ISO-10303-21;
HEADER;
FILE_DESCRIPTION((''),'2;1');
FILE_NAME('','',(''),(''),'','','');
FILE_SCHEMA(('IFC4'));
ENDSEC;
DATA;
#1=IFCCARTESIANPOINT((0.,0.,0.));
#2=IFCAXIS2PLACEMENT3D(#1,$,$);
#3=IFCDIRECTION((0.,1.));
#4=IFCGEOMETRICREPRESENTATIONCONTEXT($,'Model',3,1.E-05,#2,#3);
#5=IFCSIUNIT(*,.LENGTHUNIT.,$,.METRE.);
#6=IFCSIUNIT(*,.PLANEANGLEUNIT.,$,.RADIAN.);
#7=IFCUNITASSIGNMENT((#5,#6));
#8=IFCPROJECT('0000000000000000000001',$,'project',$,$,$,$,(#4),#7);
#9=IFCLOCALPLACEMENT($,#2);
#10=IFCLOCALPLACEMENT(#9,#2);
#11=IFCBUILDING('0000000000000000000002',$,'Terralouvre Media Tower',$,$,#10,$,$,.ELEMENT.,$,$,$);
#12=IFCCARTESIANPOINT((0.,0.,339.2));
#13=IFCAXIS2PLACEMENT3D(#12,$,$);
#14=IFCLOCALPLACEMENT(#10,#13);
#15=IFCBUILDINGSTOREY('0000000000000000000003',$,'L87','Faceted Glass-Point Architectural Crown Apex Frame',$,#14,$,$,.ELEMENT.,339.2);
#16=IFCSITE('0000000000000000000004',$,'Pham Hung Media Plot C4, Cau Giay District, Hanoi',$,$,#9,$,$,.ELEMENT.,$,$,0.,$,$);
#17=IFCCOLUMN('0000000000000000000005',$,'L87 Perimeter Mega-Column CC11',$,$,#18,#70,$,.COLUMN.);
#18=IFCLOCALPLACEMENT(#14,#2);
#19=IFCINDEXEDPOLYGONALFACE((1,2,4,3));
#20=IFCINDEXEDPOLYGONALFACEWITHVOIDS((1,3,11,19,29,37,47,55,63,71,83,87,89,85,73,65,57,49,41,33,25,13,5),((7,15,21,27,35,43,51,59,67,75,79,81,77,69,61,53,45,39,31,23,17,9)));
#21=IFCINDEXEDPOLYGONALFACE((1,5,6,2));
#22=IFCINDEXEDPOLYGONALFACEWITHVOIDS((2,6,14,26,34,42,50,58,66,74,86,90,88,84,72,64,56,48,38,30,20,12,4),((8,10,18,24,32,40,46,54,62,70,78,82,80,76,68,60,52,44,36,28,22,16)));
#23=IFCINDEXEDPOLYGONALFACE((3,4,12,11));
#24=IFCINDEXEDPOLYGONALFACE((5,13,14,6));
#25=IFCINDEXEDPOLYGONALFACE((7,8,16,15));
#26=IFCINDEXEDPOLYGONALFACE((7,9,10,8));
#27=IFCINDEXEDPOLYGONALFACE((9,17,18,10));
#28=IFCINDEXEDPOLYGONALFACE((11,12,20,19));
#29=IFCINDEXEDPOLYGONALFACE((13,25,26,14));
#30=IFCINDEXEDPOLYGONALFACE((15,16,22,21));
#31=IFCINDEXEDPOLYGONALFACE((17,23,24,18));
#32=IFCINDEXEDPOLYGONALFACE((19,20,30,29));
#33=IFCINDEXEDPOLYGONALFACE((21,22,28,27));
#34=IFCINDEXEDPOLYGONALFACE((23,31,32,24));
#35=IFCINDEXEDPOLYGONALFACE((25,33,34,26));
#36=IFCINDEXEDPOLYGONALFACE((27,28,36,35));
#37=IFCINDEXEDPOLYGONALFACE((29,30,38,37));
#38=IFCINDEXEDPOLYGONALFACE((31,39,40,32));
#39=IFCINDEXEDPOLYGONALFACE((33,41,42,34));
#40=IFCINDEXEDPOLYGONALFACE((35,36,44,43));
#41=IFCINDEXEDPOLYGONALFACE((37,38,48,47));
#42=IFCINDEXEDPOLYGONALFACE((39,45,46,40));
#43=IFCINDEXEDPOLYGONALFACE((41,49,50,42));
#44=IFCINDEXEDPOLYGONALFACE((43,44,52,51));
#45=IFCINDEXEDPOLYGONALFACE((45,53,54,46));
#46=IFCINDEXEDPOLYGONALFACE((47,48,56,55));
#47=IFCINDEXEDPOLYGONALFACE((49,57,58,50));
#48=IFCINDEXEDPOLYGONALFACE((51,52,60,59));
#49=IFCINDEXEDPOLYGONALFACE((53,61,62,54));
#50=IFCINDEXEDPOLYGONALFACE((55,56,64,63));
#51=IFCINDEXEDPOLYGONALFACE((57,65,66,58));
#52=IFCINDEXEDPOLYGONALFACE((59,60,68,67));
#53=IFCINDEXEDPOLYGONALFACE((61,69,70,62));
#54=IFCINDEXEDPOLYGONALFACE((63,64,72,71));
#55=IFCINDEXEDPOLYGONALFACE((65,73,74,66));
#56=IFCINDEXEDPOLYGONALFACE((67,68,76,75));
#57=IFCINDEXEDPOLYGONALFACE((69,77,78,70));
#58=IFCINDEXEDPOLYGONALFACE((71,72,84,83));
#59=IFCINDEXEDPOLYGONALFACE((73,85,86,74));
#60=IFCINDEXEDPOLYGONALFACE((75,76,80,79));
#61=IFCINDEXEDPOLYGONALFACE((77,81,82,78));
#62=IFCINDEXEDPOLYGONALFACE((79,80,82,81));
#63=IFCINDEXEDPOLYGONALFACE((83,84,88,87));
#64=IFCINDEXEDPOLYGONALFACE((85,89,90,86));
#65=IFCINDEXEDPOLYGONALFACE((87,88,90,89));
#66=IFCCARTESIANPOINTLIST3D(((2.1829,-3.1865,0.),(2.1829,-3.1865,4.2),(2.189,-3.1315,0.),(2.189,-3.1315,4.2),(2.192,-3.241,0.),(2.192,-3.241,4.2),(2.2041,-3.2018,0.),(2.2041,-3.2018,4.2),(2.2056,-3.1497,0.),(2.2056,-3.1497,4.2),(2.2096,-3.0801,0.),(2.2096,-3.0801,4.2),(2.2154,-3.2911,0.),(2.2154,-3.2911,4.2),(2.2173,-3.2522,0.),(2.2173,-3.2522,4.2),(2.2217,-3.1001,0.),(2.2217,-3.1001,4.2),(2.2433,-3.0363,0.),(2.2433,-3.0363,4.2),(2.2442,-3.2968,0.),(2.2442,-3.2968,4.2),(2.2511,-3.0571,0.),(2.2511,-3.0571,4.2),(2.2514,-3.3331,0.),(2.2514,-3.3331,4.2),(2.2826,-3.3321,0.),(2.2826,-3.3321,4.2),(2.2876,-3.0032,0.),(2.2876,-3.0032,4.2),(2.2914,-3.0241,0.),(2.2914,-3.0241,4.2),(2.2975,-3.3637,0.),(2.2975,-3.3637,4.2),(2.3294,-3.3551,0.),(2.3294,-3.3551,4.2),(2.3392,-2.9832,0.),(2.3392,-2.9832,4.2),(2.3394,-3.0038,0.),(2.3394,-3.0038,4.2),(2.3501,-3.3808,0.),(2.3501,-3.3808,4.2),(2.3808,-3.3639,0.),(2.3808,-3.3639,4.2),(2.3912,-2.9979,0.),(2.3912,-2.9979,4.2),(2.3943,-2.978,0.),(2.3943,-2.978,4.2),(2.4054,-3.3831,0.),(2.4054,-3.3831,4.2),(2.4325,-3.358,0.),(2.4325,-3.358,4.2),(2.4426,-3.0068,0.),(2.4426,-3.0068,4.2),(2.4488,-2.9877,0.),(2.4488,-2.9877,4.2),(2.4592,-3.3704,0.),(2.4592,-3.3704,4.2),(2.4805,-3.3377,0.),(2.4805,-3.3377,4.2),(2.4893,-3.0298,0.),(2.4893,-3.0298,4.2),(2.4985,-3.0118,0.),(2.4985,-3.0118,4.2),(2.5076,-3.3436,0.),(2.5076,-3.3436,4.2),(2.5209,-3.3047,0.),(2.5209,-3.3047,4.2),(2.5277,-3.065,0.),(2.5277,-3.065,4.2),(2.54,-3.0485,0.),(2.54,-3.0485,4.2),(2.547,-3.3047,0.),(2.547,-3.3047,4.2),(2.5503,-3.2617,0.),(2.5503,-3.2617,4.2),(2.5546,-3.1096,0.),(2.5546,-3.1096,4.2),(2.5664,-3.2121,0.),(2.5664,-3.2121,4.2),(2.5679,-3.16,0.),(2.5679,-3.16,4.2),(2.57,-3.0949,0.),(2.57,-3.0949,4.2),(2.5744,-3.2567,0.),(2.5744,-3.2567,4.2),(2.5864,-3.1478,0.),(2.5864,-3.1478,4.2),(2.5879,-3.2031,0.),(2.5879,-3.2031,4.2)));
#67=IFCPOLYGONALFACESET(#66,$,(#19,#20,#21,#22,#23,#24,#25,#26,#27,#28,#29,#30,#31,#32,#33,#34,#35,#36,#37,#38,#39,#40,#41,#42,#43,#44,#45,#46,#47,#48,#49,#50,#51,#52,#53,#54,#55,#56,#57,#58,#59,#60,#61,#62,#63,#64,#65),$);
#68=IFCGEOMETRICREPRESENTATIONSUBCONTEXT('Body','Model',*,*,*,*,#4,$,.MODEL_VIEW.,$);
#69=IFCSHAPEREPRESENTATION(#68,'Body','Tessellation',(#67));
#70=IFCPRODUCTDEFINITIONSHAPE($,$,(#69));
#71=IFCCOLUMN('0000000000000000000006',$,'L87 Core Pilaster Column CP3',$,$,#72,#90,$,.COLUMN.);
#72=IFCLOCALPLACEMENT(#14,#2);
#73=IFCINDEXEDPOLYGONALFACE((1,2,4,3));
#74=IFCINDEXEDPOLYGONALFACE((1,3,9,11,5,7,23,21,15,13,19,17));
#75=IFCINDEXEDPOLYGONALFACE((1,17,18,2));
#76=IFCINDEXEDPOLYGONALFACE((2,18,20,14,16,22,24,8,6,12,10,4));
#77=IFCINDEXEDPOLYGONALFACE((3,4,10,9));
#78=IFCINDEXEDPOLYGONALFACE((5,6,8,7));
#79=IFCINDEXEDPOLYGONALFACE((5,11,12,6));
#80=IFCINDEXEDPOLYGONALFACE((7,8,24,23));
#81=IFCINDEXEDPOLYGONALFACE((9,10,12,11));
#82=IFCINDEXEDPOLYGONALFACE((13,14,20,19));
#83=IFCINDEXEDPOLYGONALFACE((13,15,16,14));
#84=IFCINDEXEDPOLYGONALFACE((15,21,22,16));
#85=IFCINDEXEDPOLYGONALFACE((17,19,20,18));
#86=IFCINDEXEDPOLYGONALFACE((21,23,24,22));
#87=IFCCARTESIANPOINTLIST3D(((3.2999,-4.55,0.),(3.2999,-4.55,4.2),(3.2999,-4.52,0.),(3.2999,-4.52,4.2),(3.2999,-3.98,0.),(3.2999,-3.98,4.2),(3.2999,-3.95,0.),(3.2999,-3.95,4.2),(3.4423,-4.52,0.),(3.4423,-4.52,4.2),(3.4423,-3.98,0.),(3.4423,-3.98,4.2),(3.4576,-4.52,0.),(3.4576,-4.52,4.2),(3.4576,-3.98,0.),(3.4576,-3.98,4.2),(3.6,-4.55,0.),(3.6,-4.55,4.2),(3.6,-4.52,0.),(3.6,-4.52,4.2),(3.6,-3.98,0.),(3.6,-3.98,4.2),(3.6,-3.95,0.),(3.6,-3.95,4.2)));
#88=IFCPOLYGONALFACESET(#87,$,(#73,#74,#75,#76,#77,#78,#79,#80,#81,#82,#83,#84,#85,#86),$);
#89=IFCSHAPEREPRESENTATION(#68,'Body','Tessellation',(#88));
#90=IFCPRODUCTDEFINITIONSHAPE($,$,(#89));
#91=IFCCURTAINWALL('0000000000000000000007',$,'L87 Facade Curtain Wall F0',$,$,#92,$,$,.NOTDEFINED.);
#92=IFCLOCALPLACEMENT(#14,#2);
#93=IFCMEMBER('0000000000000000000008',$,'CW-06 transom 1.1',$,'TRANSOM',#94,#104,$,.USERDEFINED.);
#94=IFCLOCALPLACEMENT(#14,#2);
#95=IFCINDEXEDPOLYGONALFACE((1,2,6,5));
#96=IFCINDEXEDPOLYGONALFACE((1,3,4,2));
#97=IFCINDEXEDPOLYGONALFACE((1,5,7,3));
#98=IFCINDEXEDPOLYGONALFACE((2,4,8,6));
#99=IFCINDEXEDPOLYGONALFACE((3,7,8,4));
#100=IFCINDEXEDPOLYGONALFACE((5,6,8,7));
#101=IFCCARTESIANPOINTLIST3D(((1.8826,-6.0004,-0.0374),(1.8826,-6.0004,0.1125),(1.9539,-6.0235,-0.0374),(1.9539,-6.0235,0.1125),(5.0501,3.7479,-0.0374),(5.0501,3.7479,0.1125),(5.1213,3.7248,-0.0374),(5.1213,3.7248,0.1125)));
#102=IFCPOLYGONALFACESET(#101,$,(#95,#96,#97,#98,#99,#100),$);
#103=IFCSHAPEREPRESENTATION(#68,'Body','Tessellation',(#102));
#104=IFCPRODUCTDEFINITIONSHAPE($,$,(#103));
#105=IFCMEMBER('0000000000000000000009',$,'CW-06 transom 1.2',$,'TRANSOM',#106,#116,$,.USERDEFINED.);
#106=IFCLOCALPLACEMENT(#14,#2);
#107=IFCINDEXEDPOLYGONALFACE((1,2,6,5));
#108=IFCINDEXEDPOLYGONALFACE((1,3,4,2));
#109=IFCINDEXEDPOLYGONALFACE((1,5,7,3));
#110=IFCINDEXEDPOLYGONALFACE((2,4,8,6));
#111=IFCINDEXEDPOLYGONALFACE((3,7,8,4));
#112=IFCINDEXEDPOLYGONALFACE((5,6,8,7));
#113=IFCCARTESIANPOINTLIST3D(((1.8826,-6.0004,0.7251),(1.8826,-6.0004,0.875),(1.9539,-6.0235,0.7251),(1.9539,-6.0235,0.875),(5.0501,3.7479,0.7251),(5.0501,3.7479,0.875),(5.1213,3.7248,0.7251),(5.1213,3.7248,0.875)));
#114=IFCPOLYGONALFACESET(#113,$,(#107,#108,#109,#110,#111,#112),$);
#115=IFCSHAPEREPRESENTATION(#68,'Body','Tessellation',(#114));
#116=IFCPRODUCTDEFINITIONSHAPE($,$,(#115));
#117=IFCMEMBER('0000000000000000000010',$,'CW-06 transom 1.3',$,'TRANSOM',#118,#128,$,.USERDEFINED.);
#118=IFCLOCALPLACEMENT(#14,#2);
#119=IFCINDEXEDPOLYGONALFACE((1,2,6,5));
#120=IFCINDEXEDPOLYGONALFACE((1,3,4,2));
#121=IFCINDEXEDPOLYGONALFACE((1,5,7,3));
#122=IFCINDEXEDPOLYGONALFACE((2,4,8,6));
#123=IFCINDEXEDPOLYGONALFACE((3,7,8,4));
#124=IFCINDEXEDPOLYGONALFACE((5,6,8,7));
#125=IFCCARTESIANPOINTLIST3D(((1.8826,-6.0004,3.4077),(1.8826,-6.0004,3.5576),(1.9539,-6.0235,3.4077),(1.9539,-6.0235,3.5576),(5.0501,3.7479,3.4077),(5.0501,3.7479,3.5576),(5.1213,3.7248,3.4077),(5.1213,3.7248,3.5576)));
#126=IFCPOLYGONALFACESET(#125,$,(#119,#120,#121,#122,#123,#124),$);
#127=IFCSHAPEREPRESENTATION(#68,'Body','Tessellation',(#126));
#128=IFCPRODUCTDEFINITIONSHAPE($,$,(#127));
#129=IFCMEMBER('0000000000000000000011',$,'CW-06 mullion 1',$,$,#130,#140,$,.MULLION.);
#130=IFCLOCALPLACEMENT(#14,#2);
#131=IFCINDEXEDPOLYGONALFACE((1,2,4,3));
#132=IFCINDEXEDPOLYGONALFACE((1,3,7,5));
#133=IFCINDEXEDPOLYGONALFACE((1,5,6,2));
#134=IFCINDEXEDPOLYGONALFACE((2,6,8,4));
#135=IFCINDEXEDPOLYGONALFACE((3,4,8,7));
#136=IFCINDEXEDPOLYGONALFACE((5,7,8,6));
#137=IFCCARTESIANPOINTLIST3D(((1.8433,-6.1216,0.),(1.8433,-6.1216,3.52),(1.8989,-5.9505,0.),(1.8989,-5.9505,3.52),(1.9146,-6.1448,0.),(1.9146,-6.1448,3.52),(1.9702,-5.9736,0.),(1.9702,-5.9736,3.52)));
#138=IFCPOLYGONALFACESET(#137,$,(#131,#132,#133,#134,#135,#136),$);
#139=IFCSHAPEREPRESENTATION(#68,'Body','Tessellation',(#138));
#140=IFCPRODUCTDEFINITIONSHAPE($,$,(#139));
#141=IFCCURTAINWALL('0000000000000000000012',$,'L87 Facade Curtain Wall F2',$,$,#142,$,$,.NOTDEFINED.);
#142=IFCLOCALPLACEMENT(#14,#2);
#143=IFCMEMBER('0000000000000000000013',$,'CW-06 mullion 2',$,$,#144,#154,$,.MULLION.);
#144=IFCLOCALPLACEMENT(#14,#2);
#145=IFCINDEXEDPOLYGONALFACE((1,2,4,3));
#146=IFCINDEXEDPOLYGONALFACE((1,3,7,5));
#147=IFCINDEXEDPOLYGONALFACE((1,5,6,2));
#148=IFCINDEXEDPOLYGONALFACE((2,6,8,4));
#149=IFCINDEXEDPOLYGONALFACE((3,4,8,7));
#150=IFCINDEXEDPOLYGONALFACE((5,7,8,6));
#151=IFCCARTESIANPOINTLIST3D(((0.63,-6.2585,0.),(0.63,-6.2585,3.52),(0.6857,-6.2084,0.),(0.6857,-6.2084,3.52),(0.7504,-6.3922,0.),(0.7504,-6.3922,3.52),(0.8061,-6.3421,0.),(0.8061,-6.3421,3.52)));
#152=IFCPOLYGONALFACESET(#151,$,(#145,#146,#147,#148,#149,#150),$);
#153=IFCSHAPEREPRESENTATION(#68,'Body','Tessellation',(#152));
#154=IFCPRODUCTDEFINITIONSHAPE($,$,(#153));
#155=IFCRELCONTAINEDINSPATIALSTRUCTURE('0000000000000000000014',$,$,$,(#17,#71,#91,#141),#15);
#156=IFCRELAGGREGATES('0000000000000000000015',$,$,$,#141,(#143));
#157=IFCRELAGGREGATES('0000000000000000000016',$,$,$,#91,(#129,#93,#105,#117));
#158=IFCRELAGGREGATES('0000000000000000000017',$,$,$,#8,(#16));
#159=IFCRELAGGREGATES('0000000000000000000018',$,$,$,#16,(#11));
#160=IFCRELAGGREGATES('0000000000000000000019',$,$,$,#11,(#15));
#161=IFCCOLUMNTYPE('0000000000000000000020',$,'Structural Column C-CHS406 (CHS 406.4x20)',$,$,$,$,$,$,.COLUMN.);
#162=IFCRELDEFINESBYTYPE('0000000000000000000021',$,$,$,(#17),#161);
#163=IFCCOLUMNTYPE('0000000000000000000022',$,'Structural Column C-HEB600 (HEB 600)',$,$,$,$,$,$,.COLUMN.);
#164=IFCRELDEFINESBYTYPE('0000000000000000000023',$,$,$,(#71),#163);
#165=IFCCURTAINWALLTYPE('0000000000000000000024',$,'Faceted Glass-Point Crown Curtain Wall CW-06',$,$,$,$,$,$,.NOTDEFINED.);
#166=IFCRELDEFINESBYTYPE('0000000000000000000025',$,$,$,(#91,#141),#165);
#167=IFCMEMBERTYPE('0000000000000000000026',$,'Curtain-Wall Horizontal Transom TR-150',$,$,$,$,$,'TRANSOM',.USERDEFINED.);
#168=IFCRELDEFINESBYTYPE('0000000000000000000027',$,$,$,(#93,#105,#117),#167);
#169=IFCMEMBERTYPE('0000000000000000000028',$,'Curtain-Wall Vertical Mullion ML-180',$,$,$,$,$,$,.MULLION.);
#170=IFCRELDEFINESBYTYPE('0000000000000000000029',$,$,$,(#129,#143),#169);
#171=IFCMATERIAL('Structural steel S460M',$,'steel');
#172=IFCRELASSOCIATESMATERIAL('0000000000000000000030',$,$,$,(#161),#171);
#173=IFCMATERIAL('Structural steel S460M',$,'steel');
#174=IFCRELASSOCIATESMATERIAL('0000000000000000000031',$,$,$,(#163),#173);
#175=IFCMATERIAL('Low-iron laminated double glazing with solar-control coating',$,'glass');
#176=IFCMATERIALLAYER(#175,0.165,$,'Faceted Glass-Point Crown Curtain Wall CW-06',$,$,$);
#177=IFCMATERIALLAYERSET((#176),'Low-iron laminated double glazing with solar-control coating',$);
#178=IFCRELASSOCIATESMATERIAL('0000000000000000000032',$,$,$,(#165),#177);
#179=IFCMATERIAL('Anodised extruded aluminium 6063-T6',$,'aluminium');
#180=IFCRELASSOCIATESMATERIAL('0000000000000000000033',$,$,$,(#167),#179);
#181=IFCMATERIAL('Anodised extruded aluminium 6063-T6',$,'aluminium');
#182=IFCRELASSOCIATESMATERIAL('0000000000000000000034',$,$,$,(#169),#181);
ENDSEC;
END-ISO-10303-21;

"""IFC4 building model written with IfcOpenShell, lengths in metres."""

from ifc_helpers import new_model, si_unit, direction, frame, origin, origin_2d, place, context, subcontext, project, spatial, rectangle, hollow_circle, i_section, extrude, material, layer, layer_set, material_profile, profile_set, type_object, element, aggregate, save


model = new_model("IFC4")

# Units and contexts
model_context = context("Model", 3, precision=1e-05, world=origin(), true_north=direction((0.0, 1.0)))
body_context = subcontext(model_context, "Body", "Model", "MODEL_VIEW")
ifc_project = project(units=[si_unit("LENGTHUNIT", "METRE"), si_unit("PLANEANGLEUNIT", "RADIAN")], contexts=[model_context])

# Site, building, storey
site_placement = place(None, origin())
site = spatial("IfcSite", under=ifc_project, at=site_placement, Name="Pham Hung Media Plot C4, Cau Giay District, Hanoi", CompositionType="ELEMENT", RefElevation=0.0)
building_placement = place(site_placement, origin())
building = spatial("IfcBuilding", under=site, at=building_placement, Name="Terralouvre Media Tower", CompositionType="ELEMENT")
storey_placement = place(building_placement, frame((0.0, 0.0, 339.2)))
storey = spatial("IfcBuildingStorey", under=building, at=storey_placement, Name="L87", Description="Faceted Glass-Point Architectural Crown Apex Frame", CompositionType="ELEMENT", Elevation=339.2)

# Columns
ifc_material_1 = material(Name="Structural steel S460M", Category="steel")
ifc_material_profile_1 = material_profile(ifc_material_1, hollow_circle(Radius=0.2031, WallThickness=0.02, at=origin_2d()), Name="CHS 406.4x20")
ifc_profile_set_1 = profile_set([ifc_material_profile_1], Name="Structural steel S460M")
column_type_1 = type_object("IfcColumnType", Name="Structural Column C-CHS406 (CHS 406.4x20)", PredefinedType="COLUMN", material=ifc_profile_set_1)
column_1_placement = place(storey_placement, frame((2.386, -3.1809, 0.0), z_axis=(0.0, 0.0, 1.0), x_axis=(0.309017, 0.951057, 0.0)))
element("IfcColumn", 1, at=column_1_placement, inside=storey, type_object=column_type_1, Name="L87 Perimeter Mega-Column CC11", PredefinedType="COLUMN", context=body_context, shape_type="SweptSolid", body=[
    extrude(hollow_circle(Radius=0.2031, WallThickness=0.02, at=origin_2d()), origin(), (0.0, 0.0, 1.0), 4.2),
])
ifc_material_2 = material(Name="Structural steel S460M", Category="steel")
ifc_material_profile_2 = material_profile(ifc_material_2, i_section(OverallWidth=0.3, OverallDepth=0.6001, WebThickness=0.0154, FlangeThickness=0.03, at=origin_2d()), Name="HEB 600")
ifc_profile_set_2 = profile_set([ifc_material_profile_2], Name="Structural steel S460M")
column_type_2 = type_object("IfcColumnType", Name="Structural Column C-HEB600 (HEB 600)", PredefinedType="COLUMN", material=ifc_profile_set_2)
column_2_placement = place(storey_placement, frame((3.45, -4.25, 0.0), z_axis=(0.0, 0.0, 1.0), x_axis=(1.0, 0.0, 0.0)))
element("IfcColumn", 2, at=column_2_placement, inside=storey, type_object=column_type_2, Name="L87 Core Pilaster Column CP3", PredefinedType="COLUMN", context=body_context, shape_type="SweptSolid", body=[
    extrude(i_section(OverallWidth=0.3, OverallDepth=0.6001, WebThickness=0.0154, FlangeThickness=0.03, at=origin_2d()), origin(), (0.0, 0.0, 1.0), 4.2),
])

# Curtain wall, members
ifc_material_3 = material(Name="Low-iron laminated double glazing with solar-control coating", Category="glass")
ifc_layer_1 = layer(ifc_material_3, 0.165, Name="Faceted Glass-Point Crown Curtain Wall CW-06")
ifc_layer_set_1 = layer_set([ifc_layer_1], Name="Low-iron laminated double glazing with solar-control coating")
curtain_wall_type = type_object("IfcCurtainWallType", Name="Faceted Glass-Point Crown Curtain Wall CW-06", PredefinedType="NOTDEFINED", material=ifc_layer_set_1)
curtain_wall_1_placement = place(storey_placement, origin())
curtain_wall_1 = element("IfcCurtainWall", 3, at=curtain_wall_1_placement, inside=storey, type_object=curtain_wall_type, Name="L87 Facade Curtain Wall F0", PredefinedType="NOTDEFINED")
ifc_material_4 = material(Name="Anodised extruded aluminium 6063-T6", Category="aluminium")
ifc_material_profile_3 = material_profile(ifc_material_4, rectangle(XDim=0.075, YDim=0.1499, at=origin_2d()), Name="ALU 75x150")
ifc_profile_set_3 = profile_set([ifc_material_profile_3], Name="Anodised extruded aluminium 6063-T6")
member_type_1 = type_object("IfcMemberType", Name="Curtain-Wall Horizontal Transom TR-150", ElementType="TRANSOM", PredefinedType="USERDEFINED", material=ifc_profile_set_3)
member_1_placement = place(storey_placement, frame((1.9182, -6.012, 0.0376), z_axis=(0.309023, 0.951055, 0.0), x_axis=(-0.951055, 0.309023, 0.0)))
member_1 = element("IfcMember", 4, at=member_1_placement, type_object=member_type_1, Name="CW-06 transom 1.1", ObjectType="TRANSOM", PredefinedType="USERDEFINED", context=body_context, shape_type="SweptSolid", body=[
    extrude(rectangle(XDim=0.075, YDim=0.1499, at=origin_2d()), origin(), (0.0, 0.0, 1.0), 10.25),
])
member_2_placement = place(storey_placement, frame((1.9182, -6.012, 0.8), z_axis=(0.309023, 0.951055, 0.0), x_axis=(-0.951055, 0.309023, 0.0)))
member_2 = element("IfcMember", 5, at=member_2_placement, type_object=member_type_1, Name="CW-06 transom 1.2", ObjectType="TRANSOM", PredefinedType="USERDEFINED", context=body_context, shape_type="SweptSolid", body=[
    extrude(rectangle(XDim=0.075, YDim=0.1499, at=origin_2d()), origin(), (0.0, 0.0, 1.0), 10.25),
])
member_3_placement = place(storey_placement, frame((1.9182, -6.012, 3.4827), z_axis=(0.309023, 0.951055, 0.0), x_axis=(-0.951055, 0.309023, 0.0)))
member_3 = element("IfcMember", 6, at=member_3_placement, type_object=member_type_1, Name="CW-06 transom 1.3", ObjectType="TRANSOM", PredefinedType="USERDEFINED", context=body_context, shape_type="SweptSolid", body=[
    extrude(rectangle(XDim=0.075, YDim=0.1499, at=origin_2d()), origin(), (0.0, 0.0, 1.0), 10.25),
])
ifc_material_5 = material(Name="Anodised extruded aluminium 6063-T6", Category="aluminium")
ifc_material_profile_4 = material_profile(ifc_material_5, rectangle(XDim=0.075, YDim=0.1799, at=origin_2d()), Name="ALU 75x180")
ifc_profile_set_4 = profile_set([ifc_material_profile_4], Name="Anodised extruded aluminium 6063-T6")
member_type_2 = type_object("IfcMemberType", Name="Curtain-Wall Vertical Mullion ML-180", PredefinedType="MULLION", material=ifc_profile_set_4)
member_4_placement = place(storey_placement, frame((1.9067, -6.0476, 0.0), z_axis=(0.0, 0.0, 1.0), x_axis=(-0.951056, 0.309017, 0.0)))
member_4 = element("IfcMember", 7, at=member_4_placement, type_object=member_type_2, Name="CW-06 mullion 1", PredefinedType="MULLION", context=body_context, shape_type="SweptSolid", body=[
    extrude(rectangle(XDim=0.075, YDim=0.1799, at=origin_2d()), origin(), (0.0, 0.0, 1.0), 3.52),
])

# Curtain wall, member
curtain_wall_2_placement = place(storey_placement, origin())
curtain_wall_2 = element("IfcCurtainWall", 8, at=curtain_wall_2_placement, inside=storey, type_object=curtain_wall_type, Name="L87 Facade Curtain Wall F2", PredefinedType="NOTDEFINED")
member_5_placement = place(storey_placement, frame((0.718, -6.3003, 0.0), z_axis=(0.0, 0.0, 1.0), x_axis=(0.743145, 0.669131, 0.0)))
member_5 = element("IfcMember", 9, at=member_5_placement, type_object=member_type_2, Name="CW-06 mullion 2", PredefinedType="MULLION", context=body_context, shape_type="SweptSolid", body=[
    extrude(rectangle(XDim=0.075, YDim=0.1799, at=origin_2d()), origin(), (0.0, 0.0, 1.0), 3.52),
])
aggregate(curtain_wall_2, [member_5])

aggregate(curtain_wall_1, [member_4, member_1, member_2, member_3])

save(model, "model.ifc")
